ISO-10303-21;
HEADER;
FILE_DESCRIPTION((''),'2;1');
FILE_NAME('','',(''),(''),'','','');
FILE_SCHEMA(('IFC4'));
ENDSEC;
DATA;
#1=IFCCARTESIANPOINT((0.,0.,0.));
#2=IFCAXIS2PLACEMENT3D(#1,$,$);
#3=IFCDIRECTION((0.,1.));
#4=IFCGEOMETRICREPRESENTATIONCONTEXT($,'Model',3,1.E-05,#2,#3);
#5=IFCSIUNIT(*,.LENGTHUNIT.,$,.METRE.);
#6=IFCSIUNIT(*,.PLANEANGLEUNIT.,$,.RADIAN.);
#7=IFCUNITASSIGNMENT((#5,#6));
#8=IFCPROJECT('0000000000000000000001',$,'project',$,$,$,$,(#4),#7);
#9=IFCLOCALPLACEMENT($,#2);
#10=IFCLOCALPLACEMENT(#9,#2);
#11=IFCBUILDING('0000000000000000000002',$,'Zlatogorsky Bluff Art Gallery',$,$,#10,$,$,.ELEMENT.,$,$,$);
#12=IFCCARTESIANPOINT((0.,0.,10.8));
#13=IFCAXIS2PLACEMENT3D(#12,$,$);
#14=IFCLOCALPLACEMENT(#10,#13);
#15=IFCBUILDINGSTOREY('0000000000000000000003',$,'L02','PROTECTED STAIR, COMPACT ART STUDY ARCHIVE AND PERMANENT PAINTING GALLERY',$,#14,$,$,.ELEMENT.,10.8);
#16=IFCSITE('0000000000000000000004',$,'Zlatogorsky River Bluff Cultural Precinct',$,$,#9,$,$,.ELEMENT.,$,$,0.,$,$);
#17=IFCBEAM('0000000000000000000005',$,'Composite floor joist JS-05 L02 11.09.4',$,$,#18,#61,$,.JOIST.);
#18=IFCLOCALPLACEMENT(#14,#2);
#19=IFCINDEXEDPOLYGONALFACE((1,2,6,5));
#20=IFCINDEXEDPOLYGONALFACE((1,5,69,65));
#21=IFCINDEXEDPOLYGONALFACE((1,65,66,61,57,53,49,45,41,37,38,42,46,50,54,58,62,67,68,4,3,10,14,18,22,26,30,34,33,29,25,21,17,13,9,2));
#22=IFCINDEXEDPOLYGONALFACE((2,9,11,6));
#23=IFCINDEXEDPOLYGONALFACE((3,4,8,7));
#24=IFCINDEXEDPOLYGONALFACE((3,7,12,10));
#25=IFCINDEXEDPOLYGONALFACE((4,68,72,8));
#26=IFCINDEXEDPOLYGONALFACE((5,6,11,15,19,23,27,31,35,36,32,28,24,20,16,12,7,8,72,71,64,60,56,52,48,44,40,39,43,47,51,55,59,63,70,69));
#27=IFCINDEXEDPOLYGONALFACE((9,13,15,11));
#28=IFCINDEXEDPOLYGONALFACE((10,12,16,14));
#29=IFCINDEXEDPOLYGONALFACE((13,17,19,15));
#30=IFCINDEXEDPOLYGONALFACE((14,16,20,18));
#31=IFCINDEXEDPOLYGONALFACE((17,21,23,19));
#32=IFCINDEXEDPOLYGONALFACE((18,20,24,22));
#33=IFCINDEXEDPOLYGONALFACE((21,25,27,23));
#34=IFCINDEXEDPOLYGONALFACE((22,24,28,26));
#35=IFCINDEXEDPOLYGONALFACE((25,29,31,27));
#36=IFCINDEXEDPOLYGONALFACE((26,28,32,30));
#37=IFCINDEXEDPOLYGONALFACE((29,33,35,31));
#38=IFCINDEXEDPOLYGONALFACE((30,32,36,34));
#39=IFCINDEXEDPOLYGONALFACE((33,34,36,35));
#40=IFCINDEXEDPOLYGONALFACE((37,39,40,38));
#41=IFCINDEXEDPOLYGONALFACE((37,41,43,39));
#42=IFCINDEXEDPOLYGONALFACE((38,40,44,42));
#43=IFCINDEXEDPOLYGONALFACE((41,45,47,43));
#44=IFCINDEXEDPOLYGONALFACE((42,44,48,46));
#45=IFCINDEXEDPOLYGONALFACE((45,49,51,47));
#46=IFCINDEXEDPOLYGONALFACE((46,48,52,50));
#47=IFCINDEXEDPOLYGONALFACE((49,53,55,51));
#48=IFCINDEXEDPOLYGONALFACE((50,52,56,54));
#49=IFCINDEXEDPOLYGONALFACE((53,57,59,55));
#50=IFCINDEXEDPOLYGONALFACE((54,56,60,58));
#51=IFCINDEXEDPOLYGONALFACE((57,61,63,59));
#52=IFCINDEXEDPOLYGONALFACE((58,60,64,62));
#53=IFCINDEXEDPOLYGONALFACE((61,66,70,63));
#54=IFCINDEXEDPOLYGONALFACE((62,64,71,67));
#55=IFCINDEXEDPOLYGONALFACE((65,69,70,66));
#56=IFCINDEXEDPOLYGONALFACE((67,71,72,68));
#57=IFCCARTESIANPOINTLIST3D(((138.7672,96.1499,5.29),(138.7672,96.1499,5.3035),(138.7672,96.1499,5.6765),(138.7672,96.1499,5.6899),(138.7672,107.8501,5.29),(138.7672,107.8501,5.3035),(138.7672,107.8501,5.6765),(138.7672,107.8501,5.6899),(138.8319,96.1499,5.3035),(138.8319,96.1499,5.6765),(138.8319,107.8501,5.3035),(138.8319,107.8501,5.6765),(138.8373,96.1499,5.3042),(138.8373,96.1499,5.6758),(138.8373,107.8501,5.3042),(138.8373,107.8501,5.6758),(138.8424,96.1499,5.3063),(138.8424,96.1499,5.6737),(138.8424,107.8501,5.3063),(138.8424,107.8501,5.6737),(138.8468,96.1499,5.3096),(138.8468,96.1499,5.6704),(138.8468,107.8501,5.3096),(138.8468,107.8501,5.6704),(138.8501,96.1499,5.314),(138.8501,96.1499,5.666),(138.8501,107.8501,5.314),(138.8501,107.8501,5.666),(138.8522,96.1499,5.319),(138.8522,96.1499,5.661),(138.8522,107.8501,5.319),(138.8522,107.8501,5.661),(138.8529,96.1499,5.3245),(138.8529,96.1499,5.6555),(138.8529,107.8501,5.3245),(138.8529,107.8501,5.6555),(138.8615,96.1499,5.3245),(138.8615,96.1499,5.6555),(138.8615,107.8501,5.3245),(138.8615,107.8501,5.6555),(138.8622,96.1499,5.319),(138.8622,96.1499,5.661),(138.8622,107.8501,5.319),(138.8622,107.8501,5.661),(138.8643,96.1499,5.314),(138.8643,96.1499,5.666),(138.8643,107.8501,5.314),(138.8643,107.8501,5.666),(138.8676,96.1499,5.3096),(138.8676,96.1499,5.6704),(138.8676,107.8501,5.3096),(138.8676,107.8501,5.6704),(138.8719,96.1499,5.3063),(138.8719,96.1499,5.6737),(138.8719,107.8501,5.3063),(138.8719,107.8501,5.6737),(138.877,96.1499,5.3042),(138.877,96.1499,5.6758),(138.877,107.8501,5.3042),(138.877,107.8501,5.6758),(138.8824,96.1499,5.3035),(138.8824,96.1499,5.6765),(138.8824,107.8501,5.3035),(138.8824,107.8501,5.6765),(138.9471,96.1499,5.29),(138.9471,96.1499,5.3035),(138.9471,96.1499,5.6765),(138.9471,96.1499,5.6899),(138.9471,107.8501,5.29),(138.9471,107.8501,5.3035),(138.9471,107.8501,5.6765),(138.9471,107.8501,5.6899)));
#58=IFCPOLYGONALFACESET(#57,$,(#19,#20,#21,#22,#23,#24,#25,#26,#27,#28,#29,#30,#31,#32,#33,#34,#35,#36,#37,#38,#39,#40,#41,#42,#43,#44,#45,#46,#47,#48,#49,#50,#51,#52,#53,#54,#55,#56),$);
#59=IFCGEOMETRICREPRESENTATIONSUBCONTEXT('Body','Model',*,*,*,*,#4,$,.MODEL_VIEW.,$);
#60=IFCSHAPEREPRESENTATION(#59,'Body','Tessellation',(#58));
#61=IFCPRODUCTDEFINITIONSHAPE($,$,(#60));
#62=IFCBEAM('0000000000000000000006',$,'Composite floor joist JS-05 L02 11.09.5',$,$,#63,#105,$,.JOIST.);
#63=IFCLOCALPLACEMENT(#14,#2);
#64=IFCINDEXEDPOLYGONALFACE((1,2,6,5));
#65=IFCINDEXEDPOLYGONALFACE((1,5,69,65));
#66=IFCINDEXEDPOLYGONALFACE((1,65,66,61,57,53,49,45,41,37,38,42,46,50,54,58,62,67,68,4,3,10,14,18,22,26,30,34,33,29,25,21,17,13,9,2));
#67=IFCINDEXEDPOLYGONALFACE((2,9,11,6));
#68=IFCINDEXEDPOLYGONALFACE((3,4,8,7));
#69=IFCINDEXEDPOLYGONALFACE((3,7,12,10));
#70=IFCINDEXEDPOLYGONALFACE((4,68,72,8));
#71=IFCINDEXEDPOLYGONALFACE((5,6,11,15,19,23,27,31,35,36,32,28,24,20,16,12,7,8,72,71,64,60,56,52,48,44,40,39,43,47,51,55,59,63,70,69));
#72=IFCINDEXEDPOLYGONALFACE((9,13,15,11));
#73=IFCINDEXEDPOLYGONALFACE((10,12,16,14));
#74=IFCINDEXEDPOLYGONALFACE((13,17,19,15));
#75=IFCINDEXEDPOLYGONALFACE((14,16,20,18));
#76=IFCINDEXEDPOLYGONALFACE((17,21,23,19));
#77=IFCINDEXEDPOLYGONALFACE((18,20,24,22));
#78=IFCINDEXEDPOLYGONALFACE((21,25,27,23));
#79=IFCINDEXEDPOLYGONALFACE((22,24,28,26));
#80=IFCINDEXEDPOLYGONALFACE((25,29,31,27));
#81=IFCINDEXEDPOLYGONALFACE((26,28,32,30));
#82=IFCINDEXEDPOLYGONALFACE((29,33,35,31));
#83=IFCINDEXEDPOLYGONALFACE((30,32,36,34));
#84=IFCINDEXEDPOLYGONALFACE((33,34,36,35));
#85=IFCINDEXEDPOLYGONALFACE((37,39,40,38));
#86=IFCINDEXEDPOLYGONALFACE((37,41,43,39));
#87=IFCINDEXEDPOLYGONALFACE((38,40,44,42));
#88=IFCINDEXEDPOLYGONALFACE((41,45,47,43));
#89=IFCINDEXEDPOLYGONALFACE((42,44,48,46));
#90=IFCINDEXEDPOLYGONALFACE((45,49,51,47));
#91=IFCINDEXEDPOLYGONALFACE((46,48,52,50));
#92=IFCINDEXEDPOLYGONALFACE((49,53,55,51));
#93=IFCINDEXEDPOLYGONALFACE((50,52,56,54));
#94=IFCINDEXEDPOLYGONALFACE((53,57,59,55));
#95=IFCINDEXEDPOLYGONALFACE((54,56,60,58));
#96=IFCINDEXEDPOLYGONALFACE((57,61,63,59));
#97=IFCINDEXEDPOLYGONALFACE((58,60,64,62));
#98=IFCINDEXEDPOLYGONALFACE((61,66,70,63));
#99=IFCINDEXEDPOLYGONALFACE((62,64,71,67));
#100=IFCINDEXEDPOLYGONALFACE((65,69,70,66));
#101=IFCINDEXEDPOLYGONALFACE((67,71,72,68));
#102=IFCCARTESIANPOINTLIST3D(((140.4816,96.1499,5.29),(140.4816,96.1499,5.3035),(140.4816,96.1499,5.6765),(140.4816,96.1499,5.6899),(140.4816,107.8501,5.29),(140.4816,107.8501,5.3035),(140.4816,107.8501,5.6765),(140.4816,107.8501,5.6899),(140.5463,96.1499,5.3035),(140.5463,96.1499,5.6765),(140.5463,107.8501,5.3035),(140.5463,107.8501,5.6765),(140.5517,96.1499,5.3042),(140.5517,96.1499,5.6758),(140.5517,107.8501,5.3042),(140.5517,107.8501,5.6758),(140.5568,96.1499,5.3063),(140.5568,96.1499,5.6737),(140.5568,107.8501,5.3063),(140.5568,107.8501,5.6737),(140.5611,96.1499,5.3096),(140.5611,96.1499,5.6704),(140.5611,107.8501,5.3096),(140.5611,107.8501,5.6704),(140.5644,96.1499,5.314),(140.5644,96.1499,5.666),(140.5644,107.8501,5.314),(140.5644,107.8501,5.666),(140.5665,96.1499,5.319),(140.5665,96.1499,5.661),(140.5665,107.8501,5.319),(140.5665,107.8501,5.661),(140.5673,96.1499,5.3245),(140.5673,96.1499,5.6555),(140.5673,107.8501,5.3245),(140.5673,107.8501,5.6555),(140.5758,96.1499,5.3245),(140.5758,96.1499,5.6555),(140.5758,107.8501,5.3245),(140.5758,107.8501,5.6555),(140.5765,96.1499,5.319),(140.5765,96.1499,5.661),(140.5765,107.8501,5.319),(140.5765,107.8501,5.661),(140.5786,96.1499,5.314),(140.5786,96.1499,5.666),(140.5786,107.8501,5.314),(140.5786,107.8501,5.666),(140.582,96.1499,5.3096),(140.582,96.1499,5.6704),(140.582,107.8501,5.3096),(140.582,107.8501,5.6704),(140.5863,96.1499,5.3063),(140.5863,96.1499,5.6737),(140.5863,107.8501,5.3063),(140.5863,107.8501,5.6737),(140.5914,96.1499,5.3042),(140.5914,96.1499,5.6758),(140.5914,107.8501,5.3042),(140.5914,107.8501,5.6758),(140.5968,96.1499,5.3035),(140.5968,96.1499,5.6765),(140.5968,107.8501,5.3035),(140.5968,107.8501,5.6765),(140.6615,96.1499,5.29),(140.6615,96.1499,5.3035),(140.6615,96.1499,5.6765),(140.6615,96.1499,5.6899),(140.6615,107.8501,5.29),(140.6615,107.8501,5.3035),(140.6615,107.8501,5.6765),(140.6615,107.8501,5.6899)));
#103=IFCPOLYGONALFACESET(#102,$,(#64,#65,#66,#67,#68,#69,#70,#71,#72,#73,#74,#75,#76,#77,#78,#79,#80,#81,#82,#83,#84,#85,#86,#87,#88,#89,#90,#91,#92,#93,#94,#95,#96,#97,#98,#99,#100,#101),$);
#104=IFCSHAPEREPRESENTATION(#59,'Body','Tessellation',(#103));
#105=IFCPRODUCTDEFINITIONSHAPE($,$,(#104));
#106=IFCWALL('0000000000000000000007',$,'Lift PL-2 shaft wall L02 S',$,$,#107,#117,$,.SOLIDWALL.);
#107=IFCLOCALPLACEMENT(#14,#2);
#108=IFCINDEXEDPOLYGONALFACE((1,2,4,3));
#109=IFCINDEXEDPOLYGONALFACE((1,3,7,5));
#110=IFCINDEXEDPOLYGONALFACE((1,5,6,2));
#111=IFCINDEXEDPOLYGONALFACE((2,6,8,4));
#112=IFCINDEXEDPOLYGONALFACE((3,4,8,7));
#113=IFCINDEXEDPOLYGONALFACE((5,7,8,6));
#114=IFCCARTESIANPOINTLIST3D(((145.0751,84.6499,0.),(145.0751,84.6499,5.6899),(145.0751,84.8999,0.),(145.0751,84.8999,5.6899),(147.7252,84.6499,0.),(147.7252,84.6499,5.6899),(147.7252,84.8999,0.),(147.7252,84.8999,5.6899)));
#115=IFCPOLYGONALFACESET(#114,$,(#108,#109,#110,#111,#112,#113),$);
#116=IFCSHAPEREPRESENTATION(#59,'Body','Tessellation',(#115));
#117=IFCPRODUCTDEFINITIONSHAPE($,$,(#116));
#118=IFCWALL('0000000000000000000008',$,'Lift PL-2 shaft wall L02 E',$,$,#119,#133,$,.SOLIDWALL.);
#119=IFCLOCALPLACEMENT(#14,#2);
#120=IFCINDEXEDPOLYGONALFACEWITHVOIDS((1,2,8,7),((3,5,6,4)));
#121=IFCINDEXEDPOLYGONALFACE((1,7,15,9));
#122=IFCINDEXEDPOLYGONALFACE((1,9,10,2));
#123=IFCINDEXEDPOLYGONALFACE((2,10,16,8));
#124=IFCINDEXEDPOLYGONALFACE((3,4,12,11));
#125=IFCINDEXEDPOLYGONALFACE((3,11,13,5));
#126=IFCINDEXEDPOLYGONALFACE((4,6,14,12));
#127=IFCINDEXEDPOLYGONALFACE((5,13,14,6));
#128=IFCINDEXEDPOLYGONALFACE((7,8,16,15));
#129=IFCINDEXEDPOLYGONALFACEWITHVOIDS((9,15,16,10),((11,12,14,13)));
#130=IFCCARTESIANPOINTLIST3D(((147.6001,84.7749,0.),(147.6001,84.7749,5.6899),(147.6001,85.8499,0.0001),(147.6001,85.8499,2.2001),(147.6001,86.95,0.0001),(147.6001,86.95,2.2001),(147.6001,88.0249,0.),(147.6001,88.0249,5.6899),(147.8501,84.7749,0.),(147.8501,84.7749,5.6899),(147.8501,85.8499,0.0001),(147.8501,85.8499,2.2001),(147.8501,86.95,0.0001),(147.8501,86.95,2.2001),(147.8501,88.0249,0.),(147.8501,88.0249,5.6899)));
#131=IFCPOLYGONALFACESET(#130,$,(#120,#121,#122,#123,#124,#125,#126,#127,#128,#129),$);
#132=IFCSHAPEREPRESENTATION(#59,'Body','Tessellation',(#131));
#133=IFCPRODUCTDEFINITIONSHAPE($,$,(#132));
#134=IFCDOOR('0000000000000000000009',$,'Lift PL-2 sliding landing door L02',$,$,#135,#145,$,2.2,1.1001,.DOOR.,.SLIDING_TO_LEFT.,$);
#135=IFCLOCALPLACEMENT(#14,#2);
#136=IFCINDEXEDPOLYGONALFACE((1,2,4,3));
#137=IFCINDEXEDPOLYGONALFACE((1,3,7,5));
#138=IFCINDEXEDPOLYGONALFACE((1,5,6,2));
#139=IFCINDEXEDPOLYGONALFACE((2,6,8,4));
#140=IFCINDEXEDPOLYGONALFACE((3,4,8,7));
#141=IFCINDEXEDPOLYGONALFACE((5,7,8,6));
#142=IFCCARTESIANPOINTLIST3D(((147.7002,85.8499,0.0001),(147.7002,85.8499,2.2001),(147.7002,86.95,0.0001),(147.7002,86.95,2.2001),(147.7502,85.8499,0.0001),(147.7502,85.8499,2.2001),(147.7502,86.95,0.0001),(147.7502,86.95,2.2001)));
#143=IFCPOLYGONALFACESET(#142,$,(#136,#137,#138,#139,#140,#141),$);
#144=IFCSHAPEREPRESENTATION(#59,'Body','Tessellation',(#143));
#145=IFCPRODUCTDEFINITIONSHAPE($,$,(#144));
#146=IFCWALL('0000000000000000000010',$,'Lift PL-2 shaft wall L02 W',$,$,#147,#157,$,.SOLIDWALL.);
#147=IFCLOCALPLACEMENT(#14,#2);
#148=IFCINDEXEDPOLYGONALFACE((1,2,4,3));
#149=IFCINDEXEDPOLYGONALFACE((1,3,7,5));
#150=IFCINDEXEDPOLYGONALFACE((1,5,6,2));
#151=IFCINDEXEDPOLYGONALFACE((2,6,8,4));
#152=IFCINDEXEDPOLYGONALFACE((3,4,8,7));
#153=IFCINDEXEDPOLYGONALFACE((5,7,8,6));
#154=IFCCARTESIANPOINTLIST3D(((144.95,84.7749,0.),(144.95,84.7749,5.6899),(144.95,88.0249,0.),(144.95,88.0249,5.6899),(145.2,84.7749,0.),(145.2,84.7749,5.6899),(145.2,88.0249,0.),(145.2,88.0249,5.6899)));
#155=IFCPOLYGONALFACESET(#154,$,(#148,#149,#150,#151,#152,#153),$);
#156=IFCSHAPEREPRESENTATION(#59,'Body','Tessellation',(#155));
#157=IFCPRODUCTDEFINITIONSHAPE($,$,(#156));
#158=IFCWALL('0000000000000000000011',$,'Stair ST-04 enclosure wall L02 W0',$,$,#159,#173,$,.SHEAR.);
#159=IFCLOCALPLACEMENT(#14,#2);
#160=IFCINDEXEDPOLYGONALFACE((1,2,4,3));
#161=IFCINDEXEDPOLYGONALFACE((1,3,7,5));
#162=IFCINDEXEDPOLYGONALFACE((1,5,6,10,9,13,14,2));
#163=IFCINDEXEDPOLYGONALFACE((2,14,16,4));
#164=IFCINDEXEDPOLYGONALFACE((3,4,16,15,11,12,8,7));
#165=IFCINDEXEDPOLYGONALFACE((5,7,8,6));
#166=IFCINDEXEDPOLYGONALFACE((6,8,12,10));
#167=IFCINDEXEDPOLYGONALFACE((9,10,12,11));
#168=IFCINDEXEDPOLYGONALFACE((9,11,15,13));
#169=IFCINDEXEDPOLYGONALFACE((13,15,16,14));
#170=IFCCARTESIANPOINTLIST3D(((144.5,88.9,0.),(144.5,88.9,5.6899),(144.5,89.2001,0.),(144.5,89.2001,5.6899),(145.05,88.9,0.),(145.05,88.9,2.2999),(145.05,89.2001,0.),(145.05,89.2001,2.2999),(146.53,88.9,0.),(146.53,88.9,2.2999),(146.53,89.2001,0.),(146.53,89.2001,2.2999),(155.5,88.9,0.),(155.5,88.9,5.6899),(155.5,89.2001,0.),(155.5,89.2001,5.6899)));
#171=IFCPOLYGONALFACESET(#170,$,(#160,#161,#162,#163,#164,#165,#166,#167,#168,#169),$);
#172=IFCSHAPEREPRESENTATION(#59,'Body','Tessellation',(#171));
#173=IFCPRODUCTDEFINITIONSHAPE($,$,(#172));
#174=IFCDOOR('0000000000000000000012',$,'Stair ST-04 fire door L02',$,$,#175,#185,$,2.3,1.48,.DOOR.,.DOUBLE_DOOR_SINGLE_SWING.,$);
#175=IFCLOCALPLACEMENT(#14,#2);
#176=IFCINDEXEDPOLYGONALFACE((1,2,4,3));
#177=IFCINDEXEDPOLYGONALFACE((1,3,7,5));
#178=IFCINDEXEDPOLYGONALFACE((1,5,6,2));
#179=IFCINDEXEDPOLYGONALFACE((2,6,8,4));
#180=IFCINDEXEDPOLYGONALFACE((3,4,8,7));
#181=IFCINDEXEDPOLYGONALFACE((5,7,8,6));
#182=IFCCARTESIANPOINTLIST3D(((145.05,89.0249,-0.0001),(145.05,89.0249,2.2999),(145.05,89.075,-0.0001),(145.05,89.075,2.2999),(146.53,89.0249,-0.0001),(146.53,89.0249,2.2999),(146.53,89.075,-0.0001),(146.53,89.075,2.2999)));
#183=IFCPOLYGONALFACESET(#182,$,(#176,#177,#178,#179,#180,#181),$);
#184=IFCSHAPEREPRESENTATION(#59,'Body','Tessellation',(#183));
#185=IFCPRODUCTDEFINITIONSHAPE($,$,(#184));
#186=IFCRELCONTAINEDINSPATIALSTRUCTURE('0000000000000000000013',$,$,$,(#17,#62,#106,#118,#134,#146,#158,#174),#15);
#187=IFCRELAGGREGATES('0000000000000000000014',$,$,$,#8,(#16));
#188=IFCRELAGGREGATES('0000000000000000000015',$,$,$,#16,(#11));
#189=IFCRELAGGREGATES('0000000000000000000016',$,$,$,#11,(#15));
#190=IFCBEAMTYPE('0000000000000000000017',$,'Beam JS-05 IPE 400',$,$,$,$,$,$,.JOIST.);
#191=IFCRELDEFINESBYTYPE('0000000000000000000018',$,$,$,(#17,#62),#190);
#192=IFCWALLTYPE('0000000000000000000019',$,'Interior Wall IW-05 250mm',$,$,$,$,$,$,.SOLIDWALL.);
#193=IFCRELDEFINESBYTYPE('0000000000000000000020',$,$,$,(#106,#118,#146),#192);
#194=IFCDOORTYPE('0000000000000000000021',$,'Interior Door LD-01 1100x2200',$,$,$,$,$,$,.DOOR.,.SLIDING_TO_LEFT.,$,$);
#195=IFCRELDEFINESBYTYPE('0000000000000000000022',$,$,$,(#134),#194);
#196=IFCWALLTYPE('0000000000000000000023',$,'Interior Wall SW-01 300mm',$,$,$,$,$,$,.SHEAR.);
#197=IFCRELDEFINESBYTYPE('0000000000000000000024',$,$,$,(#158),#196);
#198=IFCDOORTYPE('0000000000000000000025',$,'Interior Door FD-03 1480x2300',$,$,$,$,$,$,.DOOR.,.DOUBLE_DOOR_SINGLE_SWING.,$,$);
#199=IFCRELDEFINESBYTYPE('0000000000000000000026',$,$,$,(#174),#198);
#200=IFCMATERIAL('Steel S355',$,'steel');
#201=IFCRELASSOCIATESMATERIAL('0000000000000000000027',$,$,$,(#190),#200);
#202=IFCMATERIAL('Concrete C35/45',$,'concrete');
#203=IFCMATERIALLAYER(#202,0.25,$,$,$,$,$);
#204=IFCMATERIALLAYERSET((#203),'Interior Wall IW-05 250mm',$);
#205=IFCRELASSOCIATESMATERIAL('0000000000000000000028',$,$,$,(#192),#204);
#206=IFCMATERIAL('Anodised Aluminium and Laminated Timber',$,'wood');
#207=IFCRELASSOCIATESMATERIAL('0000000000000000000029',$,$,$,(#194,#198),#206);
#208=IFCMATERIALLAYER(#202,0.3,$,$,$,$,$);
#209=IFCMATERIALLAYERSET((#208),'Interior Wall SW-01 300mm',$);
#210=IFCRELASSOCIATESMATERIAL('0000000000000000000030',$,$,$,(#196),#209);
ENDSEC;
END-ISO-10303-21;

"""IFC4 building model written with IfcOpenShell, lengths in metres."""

from ifc_helpers import new_model, si_unit, direction, frame, frame_2d, origin, origin_2d, place, context, subcontext, project, spatial, rectangle, i_section, extrude, material, layer, layer_set, material_profile, profile_set, type_object, element, fill, save


model = new_model("IFC4")

# Units and contexts
model_context = context("Model", 3, precision=1e-05, world=origin(), true_north=direction((0.0, 1.0)))
body_context = subcontext(model_context, "Body", "Model", "MODEL_VIEW")
ifc_project = project(units=[si_unit("LENGTHUNIT", "METRE"), si_unit("PLANEANGLEUNIT", "RADIAN")], contexts=[model_context])

# Site, building, storey
site_placement = place(None, origin())
site = spatial("IfcSite", under=ifc_project, at=site_placement, Name="Zlatogorsky River Bluff Cultural Precinct", CompositionType="ELEMENT", RefElevation=0.0)
building_placement = place(site_placement, origin())
building = spatial("IfcBuilding", under=site, at=building_placement, Name="Zlatogorsky Bluff Art Gallery", CompositionType="ELEMENT")
storey_placement = place(building_placement, frame((0.0, 0.0, 10.8)))
storey = spatial("IfcBuildingStorey", under=building, at=storey_placement, Name="L02", Description="PROTECTED STAIR, COMPACT ART STUDY ARCHIVE AND PERMANENT PAINTING GALLERY", CompositionType="ELEMENT", Elevation=10.8)

# Shared definitions
ifc_material_1 = material(Name="Steel S355", Category="steel")

# Beams
ifc_material_profile_1 = material_profile(ifc_material_1, i_section(OverallWidth=0.1799, OverallDepth=0.3999, WebThickness=0.0085, FlangeThickness=0.0134, FilletRadius=0.021, at=origin_2d()), Name="IPE 400")
ifc_profile_set_1 = profile_set([ifc_material_profile_1], Name="Steel S355")
beam_type_1 = type_object("IfcBeamType", Name="Beam JS-05 IPE 400", PredefinedType="JOIST", material=ifc_profile_set_1)
for number, where, z_axis, x_axis, name in (
    (1, (138.8572, 96.1499, 5.49), (0.0, 1.0, 0.0), (-1.0, 0.0, 0.0), "Composite floor joist JS-05 L02 11.09.4"),
    (2, (140.5715, 96.1499, 5.49), (0.0, 1.0, 0.0), (-1.0, 0.0, 0.0), "Composite floor joist JS-05 L02 11.09.5"),
):
    element("IfcBeam", number, at=place(storey_placement, frame(where, z_axis=z_axis, x_axis=x_axis)), inside=storey, type_object=beam_type_1, Name=name, PredefinedType="JOIST", context=body_context, shape_type="SweptSolid", body=[
        extrude(i_section(OverallWidth=0.1799, OverallDepth=0.3999, WebThickness=0.0085, FlangeThickness=0.0134, FilletRadius=0.021, at=origin_2d()), origin(), (0.0, 0.0, 1.0), 11.7002),
    ])

# Wall
ifc_material_2 = material(Name="Concrete C35/45", Category="concrete")
ifc_layer_1 = layer(ifc_material_2, 0.25)
ifc_layer_set_1 = layer_set([ifc_layer_1], Name="Interior Wall IW-05 250mm")
wall_type_1 = type_object("IfcWallType", Name="Interior Wall IW-05 250mm", PredefinedType="SOLIDWALL", material=ifc_layer_set_1)
wall_1_placement = place(storey_placement, frame((145.075, 84.7749, 0.0), z_axis=(0.0, 0.0, 1.0), x_axis=(1.0, 0.0, 0.0)))
element("IfcWall", 3, at=wall_1_placement, inside=storey, type_object=wall_type_1, Name="Lift PL-2 shaft wall L02 S", PredefinedType="SOLIDWALL", context=body_context, shape_type="SweptSolid", body=[
    extrude(rectangle(XDim=2.6501, YDim=0.25, at=frame_2d((1.3252, 0.0))), origin(), (0.0, 0.0, 1.0), 5.6899),
])

# Wall, opening, door
wall_2_placement = place(storey_placement, frame((147.7251, 84.7749, 0.0), z_axis=(0.0, 0.0, 1.0), x_axis=(0.0, 1.0, 0.0)))
wall_2 = element("IfcWall", 4, at=wall_2_placement, inside=storey, type_object=wall_type_1, Name="Lift PL-2 shaft wall L02 E", PredefinedType="SOLIDWALL", context=body_context, shape_type="SweptSolid", body=[
    extrude(rectangle(XDim=3.25, YDim=0.25, at=frame_2d((1.625, 0.0))), origin(), (0.0, 0.0, 1.0), 5.6899),
])
opening_1_placement = place(wall_2_placement, frame((1.075, 0.0, 0.0)))
opening_1 = element("IfcOpeningElement", 5, at=opening_1_placement, cuts=wall_2, PredefinedType="OPENING", context=body_context, shape_type="SweptSolid", body=[
    extrude(rectangle(XDim=1.1001, YDim=2.2, at=frame_2d((0.55, 1.1001))), frame((0.0, 0.135, 0.0), z_axis=(0.0, -1.0, 0.0), x_axis=(1.0, 0.0, 0.0)), (0.0, 0.0, 1.0), 0.27),
])
ifc_material_3 = material(Name="Anodised Aluminium and Laminated Timber", Category="wood")
door_type_1 = type_object("IfcDoorType", Name="Interior Door LD-01 1100x2200", OperationType="SLIDING_TO_LEFT", PredefinedType="DOOR", material=ifc_material_3)
door_1_placement = place(opening_1_placement, origin())
door_1 = element("IfcDoor", 6, at=door_1_placement, inside=storey, type_object=door_type_1, Name="Lift PL-2 sliding landing door L02", OperationType="SLIDING_TO_LEFT", OverallHeight=2.2, OverallWidth=1.1001, PredefinedType="DOOR", context=body_context, shape_type="SweptSolid", body=[
    extrude(rectangle(XDim=1.1001, YDim=2.2, at=frame_2d((0.55, 1.1001))), frame((0.0, 0.0249, 0.0), z_axis=(0.0, -1.0, 0.0), x_axis=(1.0, 0.0, 0.0)), (0.0, 0.0, 1.0), 0.05),
])
fill(opening_1, door_1)

# Wall
wall_3_placement = place(storey_placement, frame((145.075, 88.0249, 0.0), z_axis=(0.0, 0.0, 1.0), x_axis=(0.0, -1.0, 0.0)))
element("IfcWall", 7, at=wall_3_placement, inside=storey, type_object=wall_type_1, Name="Lift PL-2 shaft wall L02 W", PredefinedType="SOLIDWALL", context=body_context, shape_type="SweptSolid", body=[
    extrude(rectangle(XDim=3.25, YDim=0.25, at=frame_2d((1.625, 0.0))), origin(), (0.0, 0.0, 1.0), 5.6899),
])

# Wall, opening, door
ifc_layer_2 = layer(ifc_material_2, 0.3)
ifc_layer_set_2 = layer_set([ifc_layer_2], Name="Interior Wall SW-01 300mm")
wall_type_2 = type_object("IfcWallType", Name="Interior Wall SW-01 300mm", PredefinedType="SHEAR", material=ifc_layer_set_2)
wall_4_placement = place(storey_placement, frame((144.5, 89.05, 0.0), z_axis=(0.0, 0.0, 1.0), x_axis=(1.0, 0.0, 0.0)))
wall_4 = element("IfcWall", 8, at=wall_4_placement, inside=storey, type_object=wall_type_2, Name="Stair ST-04 enclosure wall L02 W0", PredefinedType="SHEAR", context=body_context, shape_type="SweptSolid", body=[
    extrude(rectangle(XDim=11.0, YDim=0.3, at=frame_2d((5.5, 0.0))), origin(), (0.0, 0.0, 1.0), 5.6899),
])
opening_2_placement = place(wall_4_placement, frame((0.55, 0.0, 0.0)))
opening_2 = element("IfcOpeningElement", 9, at=opening_2_placement, cuts=wall_4, PredefinedType="OPENING", context=body_context, shape_type="SweptSolid", body=[
    extrude(rectangle(XDim=1.48, YDim=2.3, at=frame_2d((0.74, 1.1499))), frame((0.0, 0.1599, 0.0), z_axis=(0.0, -1.0, 0.0), x_axis=(1.0, 0.0, 0.0)), (0.0, 0.0, 1.0), 0.3201),
])
door_type_2 = type_object("IfcDoorType", Name="Interior Door FD-03 1480x2300", OperationType="DOUBLE_DOOR_SINGLE_SWING", PredefinedType="DOOR", material=ifc_material_3)
door_2_placement = place(opening_2_placement, origin())
door_2 = element("IfcDoor", 10, at=door_2_placement, inside=storey, type_object=door_type_2, Name="Stair ST-04 fire door L02", OperationType="DOUBLE_DOOR_SINGLE_SWING", OverallHeight=2.3, OverallWidth=1.48, PredefinedType="DOOR", context=body_context, shape_type="SweptSolid", body=[
    extrude(rectangle(XDim=1.48, YDim=2.3, at=frame_2d((0.74, 1.1499))), frame((0.0, 0.0249, 0.0), z_axis=(0.0, -1.0, 0.0), x_axis=(1.0, 0.0, 0.0)), (0.0, 0.0, 1.0), 0.05),
])
fill(opening_2, door_2)

save(model, "model.ifc")
